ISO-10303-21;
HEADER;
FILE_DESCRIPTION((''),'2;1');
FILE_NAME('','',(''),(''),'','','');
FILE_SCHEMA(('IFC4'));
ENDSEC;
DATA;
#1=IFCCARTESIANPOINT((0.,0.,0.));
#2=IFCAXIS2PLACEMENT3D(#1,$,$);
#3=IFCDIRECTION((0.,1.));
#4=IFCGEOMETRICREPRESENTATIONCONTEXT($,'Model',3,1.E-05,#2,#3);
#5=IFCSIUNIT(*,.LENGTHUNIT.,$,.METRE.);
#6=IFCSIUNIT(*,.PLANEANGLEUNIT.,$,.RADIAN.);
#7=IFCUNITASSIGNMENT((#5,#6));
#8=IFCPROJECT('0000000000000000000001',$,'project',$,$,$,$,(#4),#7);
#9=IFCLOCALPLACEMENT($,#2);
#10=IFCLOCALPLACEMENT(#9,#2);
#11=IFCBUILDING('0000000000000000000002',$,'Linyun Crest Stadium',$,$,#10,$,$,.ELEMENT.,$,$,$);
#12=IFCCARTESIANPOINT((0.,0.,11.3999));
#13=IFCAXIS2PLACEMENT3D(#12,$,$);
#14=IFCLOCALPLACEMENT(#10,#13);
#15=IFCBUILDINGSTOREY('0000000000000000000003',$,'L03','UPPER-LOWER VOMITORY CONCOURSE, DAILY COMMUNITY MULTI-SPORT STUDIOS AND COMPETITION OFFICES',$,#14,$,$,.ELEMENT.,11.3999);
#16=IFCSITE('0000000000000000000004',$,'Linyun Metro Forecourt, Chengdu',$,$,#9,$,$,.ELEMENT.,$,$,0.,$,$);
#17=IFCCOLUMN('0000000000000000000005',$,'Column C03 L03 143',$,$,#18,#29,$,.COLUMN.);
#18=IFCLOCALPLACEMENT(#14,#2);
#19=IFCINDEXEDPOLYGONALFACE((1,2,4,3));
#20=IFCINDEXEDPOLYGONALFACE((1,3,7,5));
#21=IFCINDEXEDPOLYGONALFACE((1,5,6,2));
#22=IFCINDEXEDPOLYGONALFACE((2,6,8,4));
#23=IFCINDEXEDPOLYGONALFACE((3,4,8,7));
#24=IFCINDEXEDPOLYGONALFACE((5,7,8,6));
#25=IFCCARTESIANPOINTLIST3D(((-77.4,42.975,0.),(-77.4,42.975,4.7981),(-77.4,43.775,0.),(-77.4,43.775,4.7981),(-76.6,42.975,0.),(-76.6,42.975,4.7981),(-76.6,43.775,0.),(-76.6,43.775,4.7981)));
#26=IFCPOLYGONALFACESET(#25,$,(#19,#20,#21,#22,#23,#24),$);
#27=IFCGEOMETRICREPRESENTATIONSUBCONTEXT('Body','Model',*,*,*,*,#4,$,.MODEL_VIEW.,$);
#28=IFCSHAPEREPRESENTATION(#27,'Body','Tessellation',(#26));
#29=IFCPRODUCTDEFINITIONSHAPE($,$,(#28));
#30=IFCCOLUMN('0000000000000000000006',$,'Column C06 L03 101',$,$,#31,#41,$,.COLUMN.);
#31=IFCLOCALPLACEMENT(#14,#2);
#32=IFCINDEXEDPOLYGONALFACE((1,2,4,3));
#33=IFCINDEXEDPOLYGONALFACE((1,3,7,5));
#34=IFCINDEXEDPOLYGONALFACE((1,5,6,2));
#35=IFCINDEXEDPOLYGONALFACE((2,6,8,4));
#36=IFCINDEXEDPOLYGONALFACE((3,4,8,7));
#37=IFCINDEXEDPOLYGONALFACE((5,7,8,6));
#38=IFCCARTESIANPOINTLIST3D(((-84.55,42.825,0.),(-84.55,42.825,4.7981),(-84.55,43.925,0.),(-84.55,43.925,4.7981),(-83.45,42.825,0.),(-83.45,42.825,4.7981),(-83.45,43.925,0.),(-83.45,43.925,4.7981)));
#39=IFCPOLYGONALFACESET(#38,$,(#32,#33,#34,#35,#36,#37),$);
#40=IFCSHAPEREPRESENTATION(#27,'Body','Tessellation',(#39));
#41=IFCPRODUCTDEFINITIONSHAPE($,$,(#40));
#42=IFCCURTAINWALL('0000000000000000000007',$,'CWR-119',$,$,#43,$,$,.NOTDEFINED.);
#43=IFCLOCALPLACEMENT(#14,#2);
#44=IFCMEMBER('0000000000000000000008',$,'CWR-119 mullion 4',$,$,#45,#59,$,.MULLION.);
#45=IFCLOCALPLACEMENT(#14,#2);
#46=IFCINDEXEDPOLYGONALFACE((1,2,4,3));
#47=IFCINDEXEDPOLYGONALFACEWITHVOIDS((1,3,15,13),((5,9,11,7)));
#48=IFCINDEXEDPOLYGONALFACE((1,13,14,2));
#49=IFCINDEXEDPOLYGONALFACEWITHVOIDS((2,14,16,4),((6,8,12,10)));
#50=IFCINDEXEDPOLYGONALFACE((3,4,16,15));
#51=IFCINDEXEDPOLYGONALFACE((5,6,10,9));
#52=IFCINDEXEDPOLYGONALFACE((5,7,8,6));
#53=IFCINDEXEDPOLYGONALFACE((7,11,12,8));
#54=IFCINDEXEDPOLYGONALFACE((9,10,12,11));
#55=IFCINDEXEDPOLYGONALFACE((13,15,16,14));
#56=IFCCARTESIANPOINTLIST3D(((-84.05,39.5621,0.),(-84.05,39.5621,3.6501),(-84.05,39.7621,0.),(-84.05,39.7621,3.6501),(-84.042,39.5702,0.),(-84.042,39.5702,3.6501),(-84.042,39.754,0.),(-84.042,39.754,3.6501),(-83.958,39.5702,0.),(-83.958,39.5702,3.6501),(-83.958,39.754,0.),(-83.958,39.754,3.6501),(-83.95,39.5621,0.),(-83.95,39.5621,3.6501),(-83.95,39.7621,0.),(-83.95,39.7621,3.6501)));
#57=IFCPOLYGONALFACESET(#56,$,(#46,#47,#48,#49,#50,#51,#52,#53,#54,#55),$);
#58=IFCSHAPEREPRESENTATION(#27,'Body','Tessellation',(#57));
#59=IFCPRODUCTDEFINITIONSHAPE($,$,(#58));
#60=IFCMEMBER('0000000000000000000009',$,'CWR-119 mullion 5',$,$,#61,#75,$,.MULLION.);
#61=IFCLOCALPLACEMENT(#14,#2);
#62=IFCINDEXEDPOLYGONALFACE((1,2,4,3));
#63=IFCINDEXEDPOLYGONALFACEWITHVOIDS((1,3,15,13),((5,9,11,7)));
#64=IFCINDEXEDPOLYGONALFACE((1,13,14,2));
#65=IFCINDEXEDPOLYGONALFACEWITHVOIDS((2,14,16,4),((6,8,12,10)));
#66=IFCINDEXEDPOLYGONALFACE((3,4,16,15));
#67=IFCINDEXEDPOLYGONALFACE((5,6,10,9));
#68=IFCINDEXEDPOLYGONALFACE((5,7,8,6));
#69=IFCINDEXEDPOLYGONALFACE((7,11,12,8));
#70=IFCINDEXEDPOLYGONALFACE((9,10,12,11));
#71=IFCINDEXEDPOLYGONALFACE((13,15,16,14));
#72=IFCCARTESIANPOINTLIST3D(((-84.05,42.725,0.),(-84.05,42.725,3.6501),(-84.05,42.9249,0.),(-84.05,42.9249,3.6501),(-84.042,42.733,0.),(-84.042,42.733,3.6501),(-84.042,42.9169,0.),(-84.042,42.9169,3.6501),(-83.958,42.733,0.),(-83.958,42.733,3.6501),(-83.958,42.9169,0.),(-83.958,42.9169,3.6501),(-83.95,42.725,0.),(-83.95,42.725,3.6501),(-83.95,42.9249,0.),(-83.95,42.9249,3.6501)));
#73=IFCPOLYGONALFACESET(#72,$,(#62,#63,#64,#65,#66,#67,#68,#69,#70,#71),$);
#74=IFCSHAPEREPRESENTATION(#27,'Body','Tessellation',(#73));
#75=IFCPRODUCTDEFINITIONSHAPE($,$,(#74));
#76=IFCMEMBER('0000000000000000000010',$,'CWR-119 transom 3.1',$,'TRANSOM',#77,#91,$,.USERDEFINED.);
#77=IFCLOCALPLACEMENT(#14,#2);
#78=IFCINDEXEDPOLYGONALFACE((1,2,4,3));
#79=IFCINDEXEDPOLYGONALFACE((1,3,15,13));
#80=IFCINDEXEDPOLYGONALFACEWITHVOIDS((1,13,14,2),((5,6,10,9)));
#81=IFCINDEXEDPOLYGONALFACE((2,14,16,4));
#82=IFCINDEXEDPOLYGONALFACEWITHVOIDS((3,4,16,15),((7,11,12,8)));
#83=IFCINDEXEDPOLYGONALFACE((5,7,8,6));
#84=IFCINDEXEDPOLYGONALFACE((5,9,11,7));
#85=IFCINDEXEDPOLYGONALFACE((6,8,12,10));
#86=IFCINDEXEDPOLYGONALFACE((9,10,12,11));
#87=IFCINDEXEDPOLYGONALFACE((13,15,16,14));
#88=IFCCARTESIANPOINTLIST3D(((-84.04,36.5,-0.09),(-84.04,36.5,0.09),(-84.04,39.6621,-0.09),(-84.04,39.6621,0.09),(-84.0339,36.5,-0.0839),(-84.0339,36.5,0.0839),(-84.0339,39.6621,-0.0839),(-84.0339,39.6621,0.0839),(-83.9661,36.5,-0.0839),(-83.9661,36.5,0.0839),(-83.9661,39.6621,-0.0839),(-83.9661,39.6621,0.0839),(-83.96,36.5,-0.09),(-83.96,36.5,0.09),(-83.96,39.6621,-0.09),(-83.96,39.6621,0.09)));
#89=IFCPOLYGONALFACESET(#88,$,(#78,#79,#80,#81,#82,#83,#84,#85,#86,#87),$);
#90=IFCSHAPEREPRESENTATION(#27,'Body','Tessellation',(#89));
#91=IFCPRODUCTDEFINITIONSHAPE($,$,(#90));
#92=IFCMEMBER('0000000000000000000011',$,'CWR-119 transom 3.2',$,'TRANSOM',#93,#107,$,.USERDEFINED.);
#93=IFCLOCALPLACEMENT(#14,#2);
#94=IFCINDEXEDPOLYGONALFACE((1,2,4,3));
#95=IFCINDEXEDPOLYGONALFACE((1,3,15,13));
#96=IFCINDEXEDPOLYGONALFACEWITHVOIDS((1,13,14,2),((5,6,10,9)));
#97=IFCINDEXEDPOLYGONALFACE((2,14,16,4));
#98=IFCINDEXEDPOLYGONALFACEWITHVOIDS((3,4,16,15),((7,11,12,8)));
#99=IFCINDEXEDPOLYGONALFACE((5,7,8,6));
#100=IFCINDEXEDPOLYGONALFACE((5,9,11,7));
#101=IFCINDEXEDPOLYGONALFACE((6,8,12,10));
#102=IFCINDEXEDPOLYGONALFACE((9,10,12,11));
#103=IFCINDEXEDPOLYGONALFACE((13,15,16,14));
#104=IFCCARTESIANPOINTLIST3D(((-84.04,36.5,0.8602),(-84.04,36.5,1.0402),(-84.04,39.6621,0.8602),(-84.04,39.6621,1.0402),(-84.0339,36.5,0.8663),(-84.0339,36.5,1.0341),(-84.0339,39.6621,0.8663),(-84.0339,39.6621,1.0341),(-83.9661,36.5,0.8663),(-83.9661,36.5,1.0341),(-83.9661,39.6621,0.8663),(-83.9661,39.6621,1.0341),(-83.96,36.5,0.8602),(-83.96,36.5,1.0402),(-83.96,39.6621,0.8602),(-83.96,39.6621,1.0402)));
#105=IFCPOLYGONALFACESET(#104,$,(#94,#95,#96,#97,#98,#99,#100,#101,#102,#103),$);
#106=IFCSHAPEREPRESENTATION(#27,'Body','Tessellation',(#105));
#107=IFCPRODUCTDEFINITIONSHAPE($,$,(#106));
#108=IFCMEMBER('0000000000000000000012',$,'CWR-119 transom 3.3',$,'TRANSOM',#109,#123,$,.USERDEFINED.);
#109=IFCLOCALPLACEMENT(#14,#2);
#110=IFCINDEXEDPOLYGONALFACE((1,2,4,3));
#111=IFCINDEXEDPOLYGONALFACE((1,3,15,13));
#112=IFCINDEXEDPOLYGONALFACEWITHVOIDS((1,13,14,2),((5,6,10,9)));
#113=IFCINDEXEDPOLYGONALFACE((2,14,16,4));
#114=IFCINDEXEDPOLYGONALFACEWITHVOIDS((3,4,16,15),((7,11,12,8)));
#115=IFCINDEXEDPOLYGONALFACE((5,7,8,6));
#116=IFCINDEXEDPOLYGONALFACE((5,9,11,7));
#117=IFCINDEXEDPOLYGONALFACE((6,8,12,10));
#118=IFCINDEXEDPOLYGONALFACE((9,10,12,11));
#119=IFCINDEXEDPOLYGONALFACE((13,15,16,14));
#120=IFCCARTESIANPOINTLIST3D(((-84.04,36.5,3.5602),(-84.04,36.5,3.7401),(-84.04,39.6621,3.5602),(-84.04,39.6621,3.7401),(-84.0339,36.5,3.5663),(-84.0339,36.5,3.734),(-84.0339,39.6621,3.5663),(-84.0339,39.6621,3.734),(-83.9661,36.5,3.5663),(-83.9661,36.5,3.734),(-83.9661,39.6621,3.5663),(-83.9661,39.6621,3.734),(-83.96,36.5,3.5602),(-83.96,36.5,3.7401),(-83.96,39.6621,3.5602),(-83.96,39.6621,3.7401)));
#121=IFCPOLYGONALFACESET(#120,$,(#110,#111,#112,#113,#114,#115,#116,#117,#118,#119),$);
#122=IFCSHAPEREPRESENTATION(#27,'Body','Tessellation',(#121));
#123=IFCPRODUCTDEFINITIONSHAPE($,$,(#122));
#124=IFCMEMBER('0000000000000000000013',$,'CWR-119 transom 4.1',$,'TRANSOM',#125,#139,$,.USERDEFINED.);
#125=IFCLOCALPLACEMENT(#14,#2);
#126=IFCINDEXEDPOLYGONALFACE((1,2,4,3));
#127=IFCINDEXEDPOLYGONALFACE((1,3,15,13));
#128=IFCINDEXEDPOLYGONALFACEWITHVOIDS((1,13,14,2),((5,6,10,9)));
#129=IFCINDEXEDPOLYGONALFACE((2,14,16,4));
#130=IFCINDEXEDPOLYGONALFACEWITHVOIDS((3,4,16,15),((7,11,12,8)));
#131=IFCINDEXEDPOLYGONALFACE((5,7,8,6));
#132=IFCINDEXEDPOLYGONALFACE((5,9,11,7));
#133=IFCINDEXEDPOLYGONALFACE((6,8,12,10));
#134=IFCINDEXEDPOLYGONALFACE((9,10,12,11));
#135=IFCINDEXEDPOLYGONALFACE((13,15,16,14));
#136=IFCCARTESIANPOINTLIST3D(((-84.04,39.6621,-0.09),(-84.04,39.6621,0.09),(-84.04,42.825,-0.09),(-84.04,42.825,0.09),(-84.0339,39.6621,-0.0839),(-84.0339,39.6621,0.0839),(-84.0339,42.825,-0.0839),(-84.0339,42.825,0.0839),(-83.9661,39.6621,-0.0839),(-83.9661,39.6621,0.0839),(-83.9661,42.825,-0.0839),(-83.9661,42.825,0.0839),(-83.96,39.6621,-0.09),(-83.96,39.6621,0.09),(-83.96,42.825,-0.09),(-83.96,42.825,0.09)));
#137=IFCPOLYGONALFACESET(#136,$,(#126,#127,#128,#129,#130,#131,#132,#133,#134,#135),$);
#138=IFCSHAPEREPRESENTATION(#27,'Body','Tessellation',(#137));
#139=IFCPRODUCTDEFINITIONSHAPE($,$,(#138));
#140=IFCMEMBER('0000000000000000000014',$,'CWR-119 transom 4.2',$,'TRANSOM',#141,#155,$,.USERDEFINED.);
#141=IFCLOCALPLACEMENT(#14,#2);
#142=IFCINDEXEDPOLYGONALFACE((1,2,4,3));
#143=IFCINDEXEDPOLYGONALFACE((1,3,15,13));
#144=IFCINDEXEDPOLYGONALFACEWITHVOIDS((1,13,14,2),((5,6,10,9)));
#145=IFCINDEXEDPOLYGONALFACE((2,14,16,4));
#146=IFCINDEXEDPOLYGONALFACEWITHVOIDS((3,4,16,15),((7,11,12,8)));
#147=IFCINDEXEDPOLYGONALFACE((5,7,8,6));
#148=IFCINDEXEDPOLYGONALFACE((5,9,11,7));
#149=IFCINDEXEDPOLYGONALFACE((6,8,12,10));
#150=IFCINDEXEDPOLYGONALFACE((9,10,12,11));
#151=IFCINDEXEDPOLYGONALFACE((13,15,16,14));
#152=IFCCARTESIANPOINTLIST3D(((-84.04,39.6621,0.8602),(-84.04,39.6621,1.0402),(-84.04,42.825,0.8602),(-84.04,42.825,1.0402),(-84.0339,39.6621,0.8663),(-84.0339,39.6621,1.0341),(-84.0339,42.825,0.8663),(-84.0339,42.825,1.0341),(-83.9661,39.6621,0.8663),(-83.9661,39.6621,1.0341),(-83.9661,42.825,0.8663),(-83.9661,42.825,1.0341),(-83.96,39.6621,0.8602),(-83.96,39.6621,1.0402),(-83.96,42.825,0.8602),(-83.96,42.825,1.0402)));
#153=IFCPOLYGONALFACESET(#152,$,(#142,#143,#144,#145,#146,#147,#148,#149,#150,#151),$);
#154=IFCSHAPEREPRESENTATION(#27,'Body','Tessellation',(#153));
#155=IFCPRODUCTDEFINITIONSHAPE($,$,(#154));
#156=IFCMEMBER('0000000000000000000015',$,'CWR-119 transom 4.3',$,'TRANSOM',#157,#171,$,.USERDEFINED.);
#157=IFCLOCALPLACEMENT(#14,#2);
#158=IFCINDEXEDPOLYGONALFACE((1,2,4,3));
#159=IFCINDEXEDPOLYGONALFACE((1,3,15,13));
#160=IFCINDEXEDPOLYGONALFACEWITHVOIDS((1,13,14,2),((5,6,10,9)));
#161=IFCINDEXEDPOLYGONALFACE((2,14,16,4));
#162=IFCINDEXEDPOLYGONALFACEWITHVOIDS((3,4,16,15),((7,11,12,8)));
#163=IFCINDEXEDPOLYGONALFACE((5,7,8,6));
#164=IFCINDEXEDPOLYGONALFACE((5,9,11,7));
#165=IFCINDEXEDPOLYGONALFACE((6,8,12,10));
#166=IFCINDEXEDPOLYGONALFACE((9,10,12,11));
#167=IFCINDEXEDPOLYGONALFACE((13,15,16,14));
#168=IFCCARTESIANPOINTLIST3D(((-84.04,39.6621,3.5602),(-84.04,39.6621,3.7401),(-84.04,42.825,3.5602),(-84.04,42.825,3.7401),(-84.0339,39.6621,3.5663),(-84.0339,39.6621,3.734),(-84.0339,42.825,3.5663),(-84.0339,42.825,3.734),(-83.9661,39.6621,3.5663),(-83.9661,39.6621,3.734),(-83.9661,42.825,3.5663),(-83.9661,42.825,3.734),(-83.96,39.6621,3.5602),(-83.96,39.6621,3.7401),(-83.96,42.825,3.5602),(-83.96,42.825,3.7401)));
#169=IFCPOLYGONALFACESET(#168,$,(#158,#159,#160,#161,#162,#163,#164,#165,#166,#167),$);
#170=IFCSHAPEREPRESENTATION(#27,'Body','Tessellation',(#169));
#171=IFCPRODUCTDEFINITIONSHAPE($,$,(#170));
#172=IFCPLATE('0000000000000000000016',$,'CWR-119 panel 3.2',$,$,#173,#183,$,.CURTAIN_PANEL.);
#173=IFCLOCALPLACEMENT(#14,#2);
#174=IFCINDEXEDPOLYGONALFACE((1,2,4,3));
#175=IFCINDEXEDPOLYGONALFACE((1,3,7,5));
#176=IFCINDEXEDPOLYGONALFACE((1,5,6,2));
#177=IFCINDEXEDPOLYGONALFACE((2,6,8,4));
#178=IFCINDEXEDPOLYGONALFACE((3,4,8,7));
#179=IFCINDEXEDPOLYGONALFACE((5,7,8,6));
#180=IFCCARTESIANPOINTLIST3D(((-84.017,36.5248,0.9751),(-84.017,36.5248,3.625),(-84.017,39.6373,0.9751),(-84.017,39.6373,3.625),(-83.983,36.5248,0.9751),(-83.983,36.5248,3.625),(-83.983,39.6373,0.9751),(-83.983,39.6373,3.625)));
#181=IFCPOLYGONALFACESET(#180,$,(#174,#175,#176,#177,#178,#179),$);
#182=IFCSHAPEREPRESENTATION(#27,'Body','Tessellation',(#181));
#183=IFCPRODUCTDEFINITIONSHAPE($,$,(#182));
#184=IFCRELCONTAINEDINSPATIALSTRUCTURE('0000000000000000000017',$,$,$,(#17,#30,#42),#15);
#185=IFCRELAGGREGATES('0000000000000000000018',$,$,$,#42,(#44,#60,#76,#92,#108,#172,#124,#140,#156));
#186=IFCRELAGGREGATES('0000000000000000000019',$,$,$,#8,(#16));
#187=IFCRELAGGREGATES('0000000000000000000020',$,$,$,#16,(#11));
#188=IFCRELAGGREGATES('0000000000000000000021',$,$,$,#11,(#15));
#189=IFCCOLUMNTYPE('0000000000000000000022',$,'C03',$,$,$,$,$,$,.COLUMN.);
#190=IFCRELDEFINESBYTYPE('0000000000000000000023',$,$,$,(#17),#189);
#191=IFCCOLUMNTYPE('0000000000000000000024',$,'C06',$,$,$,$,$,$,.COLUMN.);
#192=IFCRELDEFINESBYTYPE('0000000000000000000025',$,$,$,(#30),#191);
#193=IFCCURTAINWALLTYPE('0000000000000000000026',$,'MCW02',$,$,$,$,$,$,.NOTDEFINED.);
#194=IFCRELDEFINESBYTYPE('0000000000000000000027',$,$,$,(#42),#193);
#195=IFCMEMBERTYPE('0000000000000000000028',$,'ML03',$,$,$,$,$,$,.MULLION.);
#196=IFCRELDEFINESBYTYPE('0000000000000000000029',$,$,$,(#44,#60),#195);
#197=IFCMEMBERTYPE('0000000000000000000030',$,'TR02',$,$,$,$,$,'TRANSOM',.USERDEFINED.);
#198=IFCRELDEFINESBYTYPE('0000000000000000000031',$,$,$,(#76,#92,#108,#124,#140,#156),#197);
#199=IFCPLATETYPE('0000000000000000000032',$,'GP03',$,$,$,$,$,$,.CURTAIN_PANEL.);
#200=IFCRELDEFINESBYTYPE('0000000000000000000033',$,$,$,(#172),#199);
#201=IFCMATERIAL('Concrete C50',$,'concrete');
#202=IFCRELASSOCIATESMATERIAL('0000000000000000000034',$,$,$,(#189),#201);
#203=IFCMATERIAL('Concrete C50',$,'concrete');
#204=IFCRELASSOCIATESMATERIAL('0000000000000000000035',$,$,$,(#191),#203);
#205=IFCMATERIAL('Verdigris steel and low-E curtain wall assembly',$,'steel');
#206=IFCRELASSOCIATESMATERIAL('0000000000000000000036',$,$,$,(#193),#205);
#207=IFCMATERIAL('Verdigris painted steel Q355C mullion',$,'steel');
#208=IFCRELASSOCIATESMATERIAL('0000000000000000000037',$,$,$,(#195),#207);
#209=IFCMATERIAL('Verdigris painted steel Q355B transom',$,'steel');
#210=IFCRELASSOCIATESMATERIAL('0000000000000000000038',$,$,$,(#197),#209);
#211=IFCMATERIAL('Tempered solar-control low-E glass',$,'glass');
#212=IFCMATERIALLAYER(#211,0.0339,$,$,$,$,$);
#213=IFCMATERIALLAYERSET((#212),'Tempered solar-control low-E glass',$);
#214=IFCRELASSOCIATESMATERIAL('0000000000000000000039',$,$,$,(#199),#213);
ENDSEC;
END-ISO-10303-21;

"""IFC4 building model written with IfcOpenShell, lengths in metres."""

from ifc_helpers import new_model, si_unit, direction, frame, origin, origin_2d, place, context, subcontext, project, spatial, rectangle, hollow_rectangle, extrude, material, layer, layer_set, material_profile, profile_set, type_object, element, aggregate, save


model = new_model("IFC4")

# Units and contexts
model_context = context("Model", 3, precision=1e-05, world=origin(), true_north=direction((0.0, 1.0)))
body_context = subcontext(model_context, "Body", "Model", "MODEL_VIEW")
ifc_project = project(units=[si_unit("LENGTHUNIT", "METRE"), si_unit("PLANEANGLEUNIT", "RADIAN")], contexts=[model_context])

# Site, building, storey
site_placement = place(None, origin())
site = spatial("IfcSite", under=ifc_project, at=site_placement, Name="Linyun Metro Forecourt, Chengdu", CompositionType="ELEMENT", RefElevation=0.0)
building_placement = place(site_placement, origin())
building = spatial("IfcBuilding", under=site, at=building_placement, Name="Linyun Crest Stadium", CompositionType="ELEMENT")
storey_placement = place(building_placement, frame((0.0, 0.0, 11.3999)))
storey = spatial("IfcBuildingStorey", under=building, at=storey_placement, Name="L03", Description="UPPER-LOWER VOMITORY CONCOURSE, DAILY COMMUNITY MULTI-SPORT STUDIOS AND COMPETITION OFFICES", CompositionType="ELEMENT", Elevation=11.3999)

# Columns
ifc_material_1 = material(Name="Concrete C50", Category="concrete")
ifc_material_profile_1 = material_profile(ifc_material_1, rectangle(XDim=0.8, YDim=0.8, at=origin_2d()), Name="RC 800x800")
ifc_profile_set_1 = profile_set([ifc_material_profile_1], Name="Concrete C50")
column_type_1 = type_object("IfcColumnType", Name="C03", PredefinedType="COLUMN", material=ifc_profile_set_1)
column_1_placement = place(storey_placement, frame((-77.0, 43.375, 0.0), z_axis=(0.0, 0.0, 1.0), x_axis=(1.0, 0.0, 0.0)))
element("IfcColumn", 1, at=column_1_placement, inside=storey, type_object=column_type_1, Name="Column C03 L03 143", PredefinedType="COLUMN", context=body_context, shape_type="SweptSolid", body=[
    extrude(rectangle(XDim=0.8, YDim=0.8, at=origin_2d()), origin(), (0.0, 0.0, 1.0), 4.7981),
])
ifc_material_2 = material(Name="Concrete C50", Category="concrete")
ifc_material_profile_2 = material_profile(ifc_material_2, rectangle(XDim=1.1001, YDim=1.1001, at=origin_2d()), Name="RC 1100x1100")
ifc_profile_set_2 = profile_set([ifc_material_profile_2], Name="Concrete C50")
column_type_2 = type_object("IfcColumnType", Name="C06", PredefinedType="COLUMN", material=ifc_profile_set_2)
column_2_placement = place(storey_placement, frame((-84.0, 43.375, 0.0), z_axis=(0.0, 0.0, 1.0), x_axis=(1.0, 0.0, 0.0)))
element("IfcColumn", 2, at=column_2_placement, inside=storey, type_object=column_type_2, Name="Column C06 L03 101", PredefinedType="COLUMN", context=body_context, shape_type="SweptSolid", body=[
    extrude(rectangle(XDim=1.1001, YDim=1.1001, at=origin_2d()), origin(), (0.0, 0.0, 1.0), 4.7981),
])

# Curtain wall, members, plate
ifc_material_3 = material(Name="Verdigris steel and low-E curtain wall assembly", Category="steel")
curtain_wall_type = type_object("IfcCurtainWallType", Name="MCW02", PredefinedType="NOTDEFINED", material=ifc_material_3)
curtain_wall_placement = place(storey_placement, origin())
curtain_wall = element("IfcCurtainWall", 3, at=curtain_wall_placement, inside=storey, type_object=curtain_wall_type, Name="CWR-119", PredefinedType="NOTDEFINED")
ifc_material_4 = material(Name="Verdigris painted steel Q355C mullion", Category="steel")
ifc_material_profile_3 = material_profile(ifc_material_4, hollow_rectangle(XDim=0.1001, YDim=0.2, WallThickness=0.0081, at=origin_2d()), Name="RHS 200x100x8")
ifc_profile_set_3 = profile_set([ifc_material_profile_3], Name="Verdigris painted steel Q355C mullion")
member_type_1 = type_object("IfcMemberType", Name="ML03", PredefinedType="MULLION", material=ifc_profile_set_3)
member_1_placement = place(storey_placement, frame((-84.0, 39.6621, 0.0), z_axis=(0.0, 0.0, 1.0), x_axis=(-1.0, 0.0, 0.0)))
member_1 = element("IfcMember", 4, at=member_1_placement, type_object=member_type_1, Name="CWR-119 mullion 4", PredefinedType="MULLION", context=body_context, shape_type="SweptSolid", body=[
    extrude(hollow_rectangle(XDim=0.1001, YDim=0.2, WallThickness=0.0081, at=origin_2d()), origin(), (0.0, 0.0, 1.0), 3.6501),
])
member_2_placement = place(storey_placement, frame((-84.0, 42.825, 0.0), z_axis=(0.0, 0.0, 1.0), x_axis=(-1.0, 0.0, 0.0)))
member_2 = element("IfcMember", 5, at=member_2_placement, type_object=member_type_1, Name="CWR-119 mullion 5", PredefinedType="MULLION", context=body_context, shape_type="SweptSolid", body=[
    extrude(hollow_rectangle(XDim=0.1001, YDim=0.2, WallThickness=0.0081, at=origin_2d()), origin(), (0.0, 0.0, 1.0), 3.6501),
])
ifc_material_5 = material(Name="Verdigris painted steel Q355B transom", Category="steel")
ifc_material_profile_4 = material_profile(ifc_material_5, hollow_rectangle(XDim=0.0801, YDim=0.1799, WallThickness=0.0061, at=origin_2d()), Name="RHS 180x80x6")
ifc_profile_set_4 = profile_set([ifc_material_profile_4], Name="Verdigris painted steel Q355B transom")
member_type_2 = type_object("IfcMemberType", Name="TR02", ElementType="TRANSOM", PredefinedType="USERDEFINED", material=ifc_profile_set_4)
member_3_placement = place(storey_placement, frame((-84.0, 36.5, 0.0), z_axis=(0.0, 1.0, 0.0), x_axis=(-1.0, 0.0, 0.0)))
member_3 = element("IfcMember", 6, at=member_3_placement, type_object=member_type_2, Name="CWR-119 transom 3.1", ObjectType="TRANSOM", PredefinedType="USERDEFINED", context=body_context, shape_type="SweptSolid", body=[
    extrude(hollow_rectangle(XDim=0.0801, YDim=0.1799, WallThickness=0.0061, at=origin_2d()), origin(), (0.0, 0.0, 1.0), 3.1621),
])
member_4_placement = place(storey_placement, frame((-84.0, 36.5, 0.9502), z_axis=(0.0, 1.0, 0.0), x_axis=(-1.0, 0.0, 0.0)))
member_4 = element("IfcMember", 7, at=member_4_placement, type_object=member_type_2, Name="CWR-119 transom 3.2", ObjectType="TRANSOM", PredefinedType="USERDEFINED", context=body_context, shape_type="SweptSolid", body=[
    extrude(hollow_rectangle(XDim=0.0801, YDim=0.1799, WallThickness=0.0061, at=origin_2d()), origin(), (0.0, 0.0, 1.0), 3.1621),
])
member_5_placement = place(storey_placement, frame((-84.0, 36.5, 3.6501), z_axis=(0.0, 1.0, 0.0), x_axis=(-1.0, 0.0, 0.0)))
member_5 = element("IfcMember", 8, at=member_5_placement, type_object=member_type_2, Name="CWR-119 transom 3.3", ObjectType="TRANSOM", PredefinedType="USERDEFINED", context=body_context, shape_type="SweptSolid", body=[
    extrude(hollow_rectangle(XDim=0.0801, YDim=0.1799, WallThickness=0.0061, at=origin_2d()), origin(), (0.0, 0.0, 1.0), 3.1621),
])
member_6_placement = place(storey_placement, frame((-84.0, 39.6621, 0.0), z_axis=(0.0, 1.0, 0.0), x_axis=(-1.0, 0.0, 0.0)))
member_6 = element("IfcMember", 9, at=member_6_placement, type_object=member_type_2, Name="CWR-119 transom 4.1", ObjectType="TRANSOM", PredefinedType="USERDEFINED", context=body_context, shape_type="SweptSolid", body=[
    extrude(hollow_rectangle(XDim=0.0801, YDim=0.1799, WallThickness=0.0061, at=origin_2d()), origin(), (0.0, 0.0, 1.0), 3.1628),
])
member_7_placement = place(storey_placement, frame((-84.0, 39.6621, 0.9502), z_axis=(0.0, 1.0, 0.0), x_axis=(-1.0, 0.0, 0.0)))
member_7 = element("IfcMember", 10, at=member_7_placement, type_object=member_type_2, Name="CWR-119 transom 4.2", ObjectType="TRANSOM", PredefinedType="USERDEFINED", context=body_context, shape_type="SweptSolid", body=[
    extrude(hollow_rectangle(XDim=0.0801, YDim=0.1799, WallThickness=0.0061, at=origin_2d()), origin(), (0.0, 0.0, 1.0), 3.1628),
])
member_8_placement = place(storey_placement, frame((-84.0, 39.6621, 3.6501), z_axis=(0.0, 1.0, 0.0), x_axis=(-1.0, 0.0, 0.0)))
member_8 = element("IfcMember", 11, at=member_8_placement, type_object=member_type_2, Name="CWR-119 transom 4.3", ObjectType="TRANSOM", PredefinedType="USERDEFINED", context=body_context, shape_type="SweptSolid", body=[
    extrude(hollow_rectangle(XDim=0.0801, YDim=0.1799, WallThickness=0.0061, at=origin_2d()), origin(), (0.0, 0.0, 1.0), 3.1628),
])
ifc_material_6 = material(Name="Tempered solar-control low-E glass", Category="glass")
ifc_layer_1 = layer(ifc_material_6, 0.0339)
ifc_layer_set_1 = layer_set([ifc_layer_1], Name="Tempered solar-control low-E glass")
plate_type_1 = type_object("IfcPlateType", Name="GP03", PredefinedType="CURTAIN_PANEL", material=ifc_layer_set_1)
plate_1_placement = place(storey_placement, frame((-84.0, 38.0811, 0.9751), z_axis=(0.0, 0.0, 1.0), x_axis=(0.0, 1.0, 0.0)))
plate_1 = element("IfcPlate", 12, at=plate_1_placement, type_object=plate_type_1, Name="CWR-119 panel 3.2", PredefinedType="CURTAIN_PANEL", context=body_context, shape_type="SweptSolid", body=[
    extrude(rectangle(XDim=3.1125, YDim=0.0339, at=origin_2d()), origin(), (0.0, 0.0, 1.0), 2.6499),
])
aggregate(curtain_wall, [member_1, member_2, member_3, member_4, member_5, plate_1, member_6, member_7, member_8])

save(model, "model.ifc")
